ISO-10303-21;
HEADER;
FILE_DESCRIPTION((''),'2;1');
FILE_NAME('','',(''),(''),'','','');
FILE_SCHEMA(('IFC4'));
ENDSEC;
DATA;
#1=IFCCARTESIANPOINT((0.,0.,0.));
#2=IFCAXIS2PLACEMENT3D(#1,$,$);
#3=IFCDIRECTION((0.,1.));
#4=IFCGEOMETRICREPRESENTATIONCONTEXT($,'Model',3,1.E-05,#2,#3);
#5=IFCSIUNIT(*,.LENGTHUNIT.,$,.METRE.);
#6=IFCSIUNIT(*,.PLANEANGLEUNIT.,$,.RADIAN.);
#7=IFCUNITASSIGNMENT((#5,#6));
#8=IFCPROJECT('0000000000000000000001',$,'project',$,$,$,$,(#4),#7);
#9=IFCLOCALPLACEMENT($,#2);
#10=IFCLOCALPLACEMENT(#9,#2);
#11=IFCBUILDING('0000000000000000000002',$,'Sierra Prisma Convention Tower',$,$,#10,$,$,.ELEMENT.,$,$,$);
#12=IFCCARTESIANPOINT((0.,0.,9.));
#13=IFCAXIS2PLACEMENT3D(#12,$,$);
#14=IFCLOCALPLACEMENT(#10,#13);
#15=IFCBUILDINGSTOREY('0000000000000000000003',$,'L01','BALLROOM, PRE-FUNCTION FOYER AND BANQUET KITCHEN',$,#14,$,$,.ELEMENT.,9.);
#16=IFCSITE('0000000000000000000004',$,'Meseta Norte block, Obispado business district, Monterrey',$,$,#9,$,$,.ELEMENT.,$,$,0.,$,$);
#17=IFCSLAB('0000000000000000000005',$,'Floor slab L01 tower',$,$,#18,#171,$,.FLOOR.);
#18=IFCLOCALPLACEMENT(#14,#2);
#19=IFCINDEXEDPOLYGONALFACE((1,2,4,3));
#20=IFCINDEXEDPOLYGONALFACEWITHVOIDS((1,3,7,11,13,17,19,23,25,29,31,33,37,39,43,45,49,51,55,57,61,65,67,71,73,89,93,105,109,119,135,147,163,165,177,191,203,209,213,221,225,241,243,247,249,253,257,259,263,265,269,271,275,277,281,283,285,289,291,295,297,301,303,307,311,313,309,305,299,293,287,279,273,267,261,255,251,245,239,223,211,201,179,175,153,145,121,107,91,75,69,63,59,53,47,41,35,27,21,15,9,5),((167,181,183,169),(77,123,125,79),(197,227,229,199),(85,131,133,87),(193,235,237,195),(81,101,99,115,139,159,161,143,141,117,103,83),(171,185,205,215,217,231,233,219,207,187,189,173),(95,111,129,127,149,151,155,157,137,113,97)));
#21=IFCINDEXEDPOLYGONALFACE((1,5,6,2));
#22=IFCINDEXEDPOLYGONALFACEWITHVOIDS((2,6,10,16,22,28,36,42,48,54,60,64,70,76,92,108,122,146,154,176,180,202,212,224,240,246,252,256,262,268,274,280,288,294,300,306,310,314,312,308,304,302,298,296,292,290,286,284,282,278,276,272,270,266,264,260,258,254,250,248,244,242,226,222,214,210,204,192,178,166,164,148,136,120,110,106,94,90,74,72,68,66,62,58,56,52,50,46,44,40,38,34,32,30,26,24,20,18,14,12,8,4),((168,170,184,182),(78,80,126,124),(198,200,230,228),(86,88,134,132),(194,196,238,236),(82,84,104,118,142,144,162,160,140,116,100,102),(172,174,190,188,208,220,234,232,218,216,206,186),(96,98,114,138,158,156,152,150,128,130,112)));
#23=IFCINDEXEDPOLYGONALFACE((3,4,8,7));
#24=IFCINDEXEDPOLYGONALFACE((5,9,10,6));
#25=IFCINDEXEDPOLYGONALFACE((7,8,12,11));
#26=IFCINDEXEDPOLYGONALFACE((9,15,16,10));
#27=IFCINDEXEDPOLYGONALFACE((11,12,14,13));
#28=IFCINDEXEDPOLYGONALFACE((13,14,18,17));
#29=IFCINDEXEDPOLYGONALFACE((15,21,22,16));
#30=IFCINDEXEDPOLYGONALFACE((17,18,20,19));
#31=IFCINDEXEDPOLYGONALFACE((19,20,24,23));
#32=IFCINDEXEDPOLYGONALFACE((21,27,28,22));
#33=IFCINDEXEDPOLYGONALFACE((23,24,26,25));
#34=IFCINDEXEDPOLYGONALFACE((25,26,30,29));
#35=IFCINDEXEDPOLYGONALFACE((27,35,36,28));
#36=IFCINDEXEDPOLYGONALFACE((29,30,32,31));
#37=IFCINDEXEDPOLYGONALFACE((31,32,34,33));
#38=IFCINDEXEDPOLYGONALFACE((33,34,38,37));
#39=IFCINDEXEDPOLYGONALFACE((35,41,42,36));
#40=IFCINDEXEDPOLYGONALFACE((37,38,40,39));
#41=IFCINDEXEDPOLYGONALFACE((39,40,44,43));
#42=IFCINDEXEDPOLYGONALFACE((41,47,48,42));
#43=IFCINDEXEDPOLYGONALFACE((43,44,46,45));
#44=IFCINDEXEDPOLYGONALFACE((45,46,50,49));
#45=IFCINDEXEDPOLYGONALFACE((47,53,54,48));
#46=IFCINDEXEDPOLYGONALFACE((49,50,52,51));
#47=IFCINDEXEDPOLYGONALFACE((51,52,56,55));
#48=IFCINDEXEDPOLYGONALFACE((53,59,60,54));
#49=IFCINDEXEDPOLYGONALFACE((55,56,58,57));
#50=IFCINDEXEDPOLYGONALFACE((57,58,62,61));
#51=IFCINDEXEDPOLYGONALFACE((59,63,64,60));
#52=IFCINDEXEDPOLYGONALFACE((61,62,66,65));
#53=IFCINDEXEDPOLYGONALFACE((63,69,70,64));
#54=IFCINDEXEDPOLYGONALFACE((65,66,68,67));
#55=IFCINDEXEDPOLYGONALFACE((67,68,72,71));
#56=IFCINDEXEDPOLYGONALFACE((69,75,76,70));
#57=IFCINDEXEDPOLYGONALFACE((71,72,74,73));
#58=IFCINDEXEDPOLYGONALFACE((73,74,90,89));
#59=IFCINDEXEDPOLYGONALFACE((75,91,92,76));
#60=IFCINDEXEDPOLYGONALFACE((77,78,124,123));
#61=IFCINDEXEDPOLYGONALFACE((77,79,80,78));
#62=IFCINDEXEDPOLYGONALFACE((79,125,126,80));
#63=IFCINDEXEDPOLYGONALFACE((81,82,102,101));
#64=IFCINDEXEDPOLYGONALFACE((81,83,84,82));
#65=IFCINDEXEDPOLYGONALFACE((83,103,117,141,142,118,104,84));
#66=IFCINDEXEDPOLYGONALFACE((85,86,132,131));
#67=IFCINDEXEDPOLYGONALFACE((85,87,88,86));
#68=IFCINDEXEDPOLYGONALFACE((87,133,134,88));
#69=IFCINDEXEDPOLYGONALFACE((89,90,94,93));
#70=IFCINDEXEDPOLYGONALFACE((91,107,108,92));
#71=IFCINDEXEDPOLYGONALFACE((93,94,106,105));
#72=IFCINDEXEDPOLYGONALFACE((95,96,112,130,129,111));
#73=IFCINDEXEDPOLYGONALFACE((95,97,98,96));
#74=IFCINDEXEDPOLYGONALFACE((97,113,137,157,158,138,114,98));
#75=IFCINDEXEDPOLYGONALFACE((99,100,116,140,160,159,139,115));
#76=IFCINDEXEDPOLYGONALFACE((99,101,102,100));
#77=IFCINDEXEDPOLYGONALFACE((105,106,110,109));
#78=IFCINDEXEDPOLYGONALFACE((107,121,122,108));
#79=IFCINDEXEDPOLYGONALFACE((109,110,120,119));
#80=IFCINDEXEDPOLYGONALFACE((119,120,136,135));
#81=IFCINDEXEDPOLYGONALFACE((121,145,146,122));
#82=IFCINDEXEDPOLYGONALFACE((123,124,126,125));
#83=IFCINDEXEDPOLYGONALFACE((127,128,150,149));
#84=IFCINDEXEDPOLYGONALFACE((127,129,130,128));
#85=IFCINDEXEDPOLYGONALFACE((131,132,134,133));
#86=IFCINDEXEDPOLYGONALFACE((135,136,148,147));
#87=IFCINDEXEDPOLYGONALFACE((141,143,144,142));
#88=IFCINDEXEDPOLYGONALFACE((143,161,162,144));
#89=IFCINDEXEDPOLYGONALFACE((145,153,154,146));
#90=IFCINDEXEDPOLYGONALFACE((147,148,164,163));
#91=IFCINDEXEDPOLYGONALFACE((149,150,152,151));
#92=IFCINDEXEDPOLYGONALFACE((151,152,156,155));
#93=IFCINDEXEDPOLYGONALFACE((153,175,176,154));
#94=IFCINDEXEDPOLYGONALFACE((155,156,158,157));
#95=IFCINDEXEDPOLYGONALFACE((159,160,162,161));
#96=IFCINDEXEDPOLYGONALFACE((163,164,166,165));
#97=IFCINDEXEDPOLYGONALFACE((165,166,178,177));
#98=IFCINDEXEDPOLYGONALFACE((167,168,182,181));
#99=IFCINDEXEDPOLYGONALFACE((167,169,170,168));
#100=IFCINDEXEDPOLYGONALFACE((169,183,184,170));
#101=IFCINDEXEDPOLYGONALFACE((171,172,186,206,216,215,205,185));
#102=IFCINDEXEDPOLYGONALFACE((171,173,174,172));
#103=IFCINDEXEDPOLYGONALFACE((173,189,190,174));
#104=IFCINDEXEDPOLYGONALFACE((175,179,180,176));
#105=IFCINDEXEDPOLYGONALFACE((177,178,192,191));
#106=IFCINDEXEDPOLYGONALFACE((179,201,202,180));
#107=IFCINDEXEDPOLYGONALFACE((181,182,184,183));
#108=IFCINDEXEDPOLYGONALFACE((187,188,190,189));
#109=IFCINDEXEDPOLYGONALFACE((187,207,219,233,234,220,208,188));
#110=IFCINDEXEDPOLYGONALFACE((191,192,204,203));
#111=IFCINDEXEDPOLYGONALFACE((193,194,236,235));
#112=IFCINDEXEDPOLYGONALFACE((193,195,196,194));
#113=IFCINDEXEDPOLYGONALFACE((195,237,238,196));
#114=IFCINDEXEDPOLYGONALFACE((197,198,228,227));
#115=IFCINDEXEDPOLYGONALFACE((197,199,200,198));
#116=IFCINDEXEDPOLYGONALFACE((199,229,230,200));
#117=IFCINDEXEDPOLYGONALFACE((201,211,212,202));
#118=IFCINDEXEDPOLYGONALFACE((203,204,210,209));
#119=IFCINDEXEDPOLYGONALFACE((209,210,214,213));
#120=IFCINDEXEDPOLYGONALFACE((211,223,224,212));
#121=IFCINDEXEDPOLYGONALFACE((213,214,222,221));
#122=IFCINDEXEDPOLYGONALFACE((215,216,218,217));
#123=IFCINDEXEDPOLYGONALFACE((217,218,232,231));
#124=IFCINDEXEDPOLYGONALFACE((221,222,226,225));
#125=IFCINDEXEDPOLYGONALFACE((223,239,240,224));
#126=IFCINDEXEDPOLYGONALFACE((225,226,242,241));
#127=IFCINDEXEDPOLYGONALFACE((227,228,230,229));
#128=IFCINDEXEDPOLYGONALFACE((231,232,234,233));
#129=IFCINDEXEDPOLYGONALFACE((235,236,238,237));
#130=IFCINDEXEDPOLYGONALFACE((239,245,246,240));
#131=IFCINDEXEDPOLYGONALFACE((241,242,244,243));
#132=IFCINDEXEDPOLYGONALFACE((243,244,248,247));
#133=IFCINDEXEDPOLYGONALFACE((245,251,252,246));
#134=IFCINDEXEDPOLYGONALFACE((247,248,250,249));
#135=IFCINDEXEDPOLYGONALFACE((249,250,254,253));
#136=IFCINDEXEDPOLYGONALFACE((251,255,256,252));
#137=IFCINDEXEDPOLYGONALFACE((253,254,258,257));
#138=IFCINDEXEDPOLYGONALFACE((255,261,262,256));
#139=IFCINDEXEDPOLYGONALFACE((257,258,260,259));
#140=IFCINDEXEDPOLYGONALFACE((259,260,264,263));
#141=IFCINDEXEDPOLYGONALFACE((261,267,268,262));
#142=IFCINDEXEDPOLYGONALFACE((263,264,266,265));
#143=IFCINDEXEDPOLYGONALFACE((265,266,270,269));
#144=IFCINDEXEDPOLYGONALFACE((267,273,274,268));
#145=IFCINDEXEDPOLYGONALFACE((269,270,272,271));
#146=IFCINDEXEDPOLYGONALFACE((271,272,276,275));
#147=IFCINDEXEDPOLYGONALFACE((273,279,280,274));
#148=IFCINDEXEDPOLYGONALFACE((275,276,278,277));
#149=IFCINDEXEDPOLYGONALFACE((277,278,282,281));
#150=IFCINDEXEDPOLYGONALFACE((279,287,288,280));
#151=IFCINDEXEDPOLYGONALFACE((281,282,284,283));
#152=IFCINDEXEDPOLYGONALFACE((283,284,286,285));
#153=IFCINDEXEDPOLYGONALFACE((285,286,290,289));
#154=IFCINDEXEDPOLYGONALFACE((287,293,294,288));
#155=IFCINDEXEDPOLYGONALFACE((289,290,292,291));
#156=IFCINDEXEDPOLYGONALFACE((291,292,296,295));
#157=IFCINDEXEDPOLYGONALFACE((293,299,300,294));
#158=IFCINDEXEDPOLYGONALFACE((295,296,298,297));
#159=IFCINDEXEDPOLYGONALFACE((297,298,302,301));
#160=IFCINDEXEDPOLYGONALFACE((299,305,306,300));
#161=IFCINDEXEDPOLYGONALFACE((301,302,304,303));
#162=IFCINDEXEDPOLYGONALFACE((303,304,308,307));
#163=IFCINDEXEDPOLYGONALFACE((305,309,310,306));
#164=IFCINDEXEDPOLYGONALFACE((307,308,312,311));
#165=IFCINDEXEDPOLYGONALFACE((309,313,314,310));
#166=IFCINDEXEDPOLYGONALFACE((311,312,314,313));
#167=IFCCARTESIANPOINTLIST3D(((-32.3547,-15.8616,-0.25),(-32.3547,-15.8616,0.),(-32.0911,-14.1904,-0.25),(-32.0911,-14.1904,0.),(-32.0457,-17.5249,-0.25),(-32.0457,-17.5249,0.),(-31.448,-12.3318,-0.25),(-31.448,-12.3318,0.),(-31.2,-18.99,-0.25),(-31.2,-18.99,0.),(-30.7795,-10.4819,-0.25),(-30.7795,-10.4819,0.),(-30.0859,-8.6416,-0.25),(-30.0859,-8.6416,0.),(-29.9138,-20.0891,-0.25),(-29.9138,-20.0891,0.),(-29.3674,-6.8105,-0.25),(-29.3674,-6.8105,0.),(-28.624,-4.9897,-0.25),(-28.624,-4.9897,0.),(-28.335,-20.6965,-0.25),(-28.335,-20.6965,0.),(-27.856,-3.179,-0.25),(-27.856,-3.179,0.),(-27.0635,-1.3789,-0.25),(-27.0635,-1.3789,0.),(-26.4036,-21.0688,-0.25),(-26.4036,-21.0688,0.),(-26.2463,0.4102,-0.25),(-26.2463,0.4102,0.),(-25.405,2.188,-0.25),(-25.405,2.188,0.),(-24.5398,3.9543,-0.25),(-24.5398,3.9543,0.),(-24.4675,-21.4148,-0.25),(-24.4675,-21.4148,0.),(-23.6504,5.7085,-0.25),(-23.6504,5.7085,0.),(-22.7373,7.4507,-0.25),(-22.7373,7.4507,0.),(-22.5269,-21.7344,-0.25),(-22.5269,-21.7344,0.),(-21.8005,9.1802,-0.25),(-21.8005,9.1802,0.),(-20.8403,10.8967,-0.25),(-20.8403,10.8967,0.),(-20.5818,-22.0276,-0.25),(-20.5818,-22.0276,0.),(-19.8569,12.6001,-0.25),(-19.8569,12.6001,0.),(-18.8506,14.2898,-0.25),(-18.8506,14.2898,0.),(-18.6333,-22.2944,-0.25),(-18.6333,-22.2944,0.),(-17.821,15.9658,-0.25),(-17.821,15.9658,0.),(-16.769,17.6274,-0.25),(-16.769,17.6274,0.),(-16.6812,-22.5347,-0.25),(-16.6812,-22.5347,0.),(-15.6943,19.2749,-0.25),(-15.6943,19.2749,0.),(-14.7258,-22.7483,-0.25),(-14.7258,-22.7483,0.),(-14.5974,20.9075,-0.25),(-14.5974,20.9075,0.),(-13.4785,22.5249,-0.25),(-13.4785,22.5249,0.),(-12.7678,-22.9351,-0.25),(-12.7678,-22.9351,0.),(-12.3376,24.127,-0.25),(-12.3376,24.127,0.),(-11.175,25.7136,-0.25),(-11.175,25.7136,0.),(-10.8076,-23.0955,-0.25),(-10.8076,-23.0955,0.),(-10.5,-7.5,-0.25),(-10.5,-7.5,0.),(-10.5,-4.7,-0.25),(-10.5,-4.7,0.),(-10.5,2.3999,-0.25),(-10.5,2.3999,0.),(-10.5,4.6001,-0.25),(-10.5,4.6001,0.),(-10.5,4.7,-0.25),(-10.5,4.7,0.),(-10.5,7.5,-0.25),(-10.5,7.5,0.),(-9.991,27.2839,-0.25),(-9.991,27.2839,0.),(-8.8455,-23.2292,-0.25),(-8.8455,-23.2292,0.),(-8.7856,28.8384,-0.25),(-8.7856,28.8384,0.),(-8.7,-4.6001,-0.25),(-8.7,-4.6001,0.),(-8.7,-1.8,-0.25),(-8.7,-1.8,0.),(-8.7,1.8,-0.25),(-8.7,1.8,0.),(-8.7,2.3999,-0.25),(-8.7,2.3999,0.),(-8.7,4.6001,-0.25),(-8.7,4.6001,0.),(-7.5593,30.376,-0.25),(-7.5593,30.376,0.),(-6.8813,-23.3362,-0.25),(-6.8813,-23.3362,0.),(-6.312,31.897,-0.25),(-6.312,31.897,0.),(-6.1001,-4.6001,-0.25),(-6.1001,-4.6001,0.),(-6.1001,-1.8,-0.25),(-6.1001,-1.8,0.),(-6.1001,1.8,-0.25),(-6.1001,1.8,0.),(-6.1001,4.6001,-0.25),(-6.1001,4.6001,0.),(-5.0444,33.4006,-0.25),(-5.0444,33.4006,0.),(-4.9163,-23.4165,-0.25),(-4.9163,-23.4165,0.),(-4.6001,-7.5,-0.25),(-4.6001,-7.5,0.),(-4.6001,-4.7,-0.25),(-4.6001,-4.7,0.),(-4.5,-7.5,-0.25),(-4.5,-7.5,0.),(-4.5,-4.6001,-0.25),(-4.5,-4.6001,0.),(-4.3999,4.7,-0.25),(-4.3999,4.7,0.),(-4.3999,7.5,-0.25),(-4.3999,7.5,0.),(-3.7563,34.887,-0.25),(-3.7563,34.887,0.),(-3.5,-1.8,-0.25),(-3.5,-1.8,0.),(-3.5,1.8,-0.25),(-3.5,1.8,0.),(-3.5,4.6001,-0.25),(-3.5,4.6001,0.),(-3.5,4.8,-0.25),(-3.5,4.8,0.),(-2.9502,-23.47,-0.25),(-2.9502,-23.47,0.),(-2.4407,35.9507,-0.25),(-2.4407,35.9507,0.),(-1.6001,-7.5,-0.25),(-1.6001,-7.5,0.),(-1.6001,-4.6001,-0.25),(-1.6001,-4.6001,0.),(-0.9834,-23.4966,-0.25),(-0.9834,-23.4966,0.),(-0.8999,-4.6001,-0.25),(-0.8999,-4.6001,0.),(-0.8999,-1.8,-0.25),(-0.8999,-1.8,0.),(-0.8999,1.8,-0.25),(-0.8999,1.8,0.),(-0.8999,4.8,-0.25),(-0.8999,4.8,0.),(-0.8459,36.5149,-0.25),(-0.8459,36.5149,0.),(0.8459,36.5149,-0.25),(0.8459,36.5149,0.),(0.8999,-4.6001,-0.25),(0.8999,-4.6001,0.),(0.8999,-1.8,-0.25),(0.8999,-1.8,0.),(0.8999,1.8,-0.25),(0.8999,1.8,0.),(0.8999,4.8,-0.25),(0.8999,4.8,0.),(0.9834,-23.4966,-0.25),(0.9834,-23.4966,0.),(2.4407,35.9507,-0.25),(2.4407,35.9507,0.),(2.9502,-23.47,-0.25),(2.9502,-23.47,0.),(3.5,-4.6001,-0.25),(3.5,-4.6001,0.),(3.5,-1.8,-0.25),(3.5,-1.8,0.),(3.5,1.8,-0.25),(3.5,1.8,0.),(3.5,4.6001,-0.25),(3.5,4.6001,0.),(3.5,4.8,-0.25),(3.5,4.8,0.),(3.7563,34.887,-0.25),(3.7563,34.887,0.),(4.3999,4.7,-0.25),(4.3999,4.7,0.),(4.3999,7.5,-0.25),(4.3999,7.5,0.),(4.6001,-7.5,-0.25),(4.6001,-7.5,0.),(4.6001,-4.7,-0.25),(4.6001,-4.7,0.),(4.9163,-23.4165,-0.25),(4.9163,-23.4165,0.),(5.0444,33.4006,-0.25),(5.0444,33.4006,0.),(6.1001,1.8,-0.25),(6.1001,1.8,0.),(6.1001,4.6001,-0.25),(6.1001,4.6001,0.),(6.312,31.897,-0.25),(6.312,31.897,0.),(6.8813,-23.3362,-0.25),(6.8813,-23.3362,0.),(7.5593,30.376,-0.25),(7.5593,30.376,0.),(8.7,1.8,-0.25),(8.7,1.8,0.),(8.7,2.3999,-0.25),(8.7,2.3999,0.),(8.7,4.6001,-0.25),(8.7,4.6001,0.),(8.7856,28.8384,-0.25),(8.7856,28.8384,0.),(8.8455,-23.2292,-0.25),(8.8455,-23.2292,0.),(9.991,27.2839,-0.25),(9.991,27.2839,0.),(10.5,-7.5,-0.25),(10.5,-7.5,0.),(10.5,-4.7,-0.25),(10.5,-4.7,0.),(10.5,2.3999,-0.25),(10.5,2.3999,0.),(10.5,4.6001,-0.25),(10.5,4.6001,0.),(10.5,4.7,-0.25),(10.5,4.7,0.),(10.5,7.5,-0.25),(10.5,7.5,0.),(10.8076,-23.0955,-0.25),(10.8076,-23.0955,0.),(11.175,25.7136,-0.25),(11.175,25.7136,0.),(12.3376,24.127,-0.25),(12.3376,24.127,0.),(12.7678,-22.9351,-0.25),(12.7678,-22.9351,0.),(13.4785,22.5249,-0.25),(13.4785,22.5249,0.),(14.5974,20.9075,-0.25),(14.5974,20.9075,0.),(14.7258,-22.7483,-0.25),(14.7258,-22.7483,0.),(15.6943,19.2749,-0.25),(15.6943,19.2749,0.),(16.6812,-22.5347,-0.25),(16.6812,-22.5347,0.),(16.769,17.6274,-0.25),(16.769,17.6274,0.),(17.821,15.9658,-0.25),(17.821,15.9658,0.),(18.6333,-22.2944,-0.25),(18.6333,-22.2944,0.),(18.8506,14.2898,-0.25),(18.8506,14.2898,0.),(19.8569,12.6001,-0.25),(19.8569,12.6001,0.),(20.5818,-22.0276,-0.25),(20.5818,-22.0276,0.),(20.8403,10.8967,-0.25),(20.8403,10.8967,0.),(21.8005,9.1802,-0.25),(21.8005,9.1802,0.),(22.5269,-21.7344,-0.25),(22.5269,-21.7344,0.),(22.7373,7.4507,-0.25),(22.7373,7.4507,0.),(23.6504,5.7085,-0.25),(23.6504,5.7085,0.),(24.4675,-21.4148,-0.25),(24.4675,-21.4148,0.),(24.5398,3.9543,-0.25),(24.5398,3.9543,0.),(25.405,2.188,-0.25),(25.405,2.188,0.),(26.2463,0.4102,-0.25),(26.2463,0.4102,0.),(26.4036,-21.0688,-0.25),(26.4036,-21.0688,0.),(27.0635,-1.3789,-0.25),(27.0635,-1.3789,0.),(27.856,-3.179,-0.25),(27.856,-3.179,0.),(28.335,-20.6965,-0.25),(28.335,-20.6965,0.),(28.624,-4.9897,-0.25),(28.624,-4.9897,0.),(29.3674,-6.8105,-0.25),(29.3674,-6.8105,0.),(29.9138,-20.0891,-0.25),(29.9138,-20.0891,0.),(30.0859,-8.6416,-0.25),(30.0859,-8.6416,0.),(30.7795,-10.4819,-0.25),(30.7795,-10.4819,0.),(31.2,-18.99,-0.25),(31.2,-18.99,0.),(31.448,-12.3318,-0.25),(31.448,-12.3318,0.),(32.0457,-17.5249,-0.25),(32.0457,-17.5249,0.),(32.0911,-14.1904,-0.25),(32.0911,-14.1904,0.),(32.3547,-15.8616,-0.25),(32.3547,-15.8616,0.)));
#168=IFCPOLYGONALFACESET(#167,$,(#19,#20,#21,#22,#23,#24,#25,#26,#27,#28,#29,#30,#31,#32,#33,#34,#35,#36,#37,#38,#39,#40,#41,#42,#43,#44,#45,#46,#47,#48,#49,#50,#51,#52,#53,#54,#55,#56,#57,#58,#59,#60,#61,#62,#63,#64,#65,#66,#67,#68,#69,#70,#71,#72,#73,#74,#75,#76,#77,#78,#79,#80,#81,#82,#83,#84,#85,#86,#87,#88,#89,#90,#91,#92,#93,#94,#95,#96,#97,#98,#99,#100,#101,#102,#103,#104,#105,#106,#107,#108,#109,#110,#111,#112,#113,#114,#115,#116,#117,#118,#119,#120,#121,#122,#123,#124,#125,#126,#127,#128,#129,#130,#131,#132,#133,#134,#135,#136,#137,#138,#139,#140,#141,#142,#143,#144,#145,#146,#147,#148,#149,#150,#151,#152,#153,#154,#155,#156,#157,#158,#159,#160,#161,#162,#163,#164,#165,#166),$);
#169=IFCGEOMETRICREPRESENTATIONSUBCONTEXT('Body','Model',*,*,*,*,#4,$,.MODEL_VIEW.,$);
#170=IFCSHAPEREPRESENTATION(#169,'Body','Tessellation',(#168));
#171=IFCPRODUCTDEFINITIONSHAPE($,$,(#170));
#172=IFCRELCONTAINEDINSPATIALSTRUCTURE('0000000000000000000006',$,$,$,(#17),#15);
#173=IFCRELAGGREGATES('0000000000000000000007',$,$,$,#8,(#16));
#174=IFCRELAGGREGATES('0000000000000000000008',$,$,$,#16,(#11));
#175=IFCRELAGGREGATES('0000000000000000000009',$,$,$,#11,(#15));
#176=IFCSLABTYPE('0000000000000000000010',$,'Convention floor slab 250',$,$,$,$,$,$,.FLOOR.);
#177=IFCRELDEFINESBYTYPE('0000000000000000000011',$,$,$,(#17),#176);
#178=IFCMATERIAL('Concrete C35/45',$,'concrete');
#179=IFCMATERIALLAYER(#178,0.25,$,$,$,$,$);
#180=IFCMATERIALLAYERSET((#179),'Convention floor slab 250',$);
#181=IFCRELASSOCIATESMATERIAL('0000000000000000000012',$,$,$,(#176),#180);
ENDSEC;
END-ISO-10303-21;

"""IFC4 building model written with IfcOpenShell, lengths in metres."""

from ifc_helpers import new_model, si_unit, direction, frame, origin, place, context, subcontext, project, spatial, polyline, outline, extrude, material, layer, layer_set, type_object, element, save


model = new_model("IFC4")

# Units and contexts
model_context = context("Model", 3, precision=1e-05, world=origin(), true_north=direction((0.0, 1.0)))
body_context = subcontext(model_context, "Body", "Model", "MODEL_VIEW")
ifc_project = project(units=[si_unit("LENGTHUNIT", "METRE"), si_unit("PLANEANGLEUNIT", "RADIAN")], contexts=[model_context])

# Site, building, storey
site_placement = place(None, origin())
site = spatial("IfcSite", under=ifc_project, at=site_placement, Name="Meseta Norte block, Obispado business district, Monterrey", CompositionType="ELEMENT", RefElevation=0.0)
building_placement = place(site_placement, origin())
building = spatial("IfcBuilding", under=site, at=building_placement, Name="Sierra Prisma Convention Tower", CompositionType="ELEMENT")
storey_placement = place(building_placement, frame((0.0, 0.0, 9.0)))
storey = spatial("IfcBuildingStorey", under=building, at=storey_placement, Name="L01", Description="BALLROOM, PRE-FUNCTION FOYER AND BANQUET KITCHEN", CompositionType="ELEMENT", Elevation=9.0)

# Slab
ifc_material_1 = material(Name="Concrete C35/45", Category="concrete")
ifc_layer_1 = layer(ifc_material_1, 0.25)
ifc_layer_set_1 = layer_set([ifc_layer_1], Name="Convention floor slab 250")
slab_type_1 = type_object("IfcSlabType", Name="Convention floor slab 250", PredefinedType="FLOOR", material=ifc_layer_set_1)
slab_1_placement = place(storey_placement, frame((0.0, 0.0, -0.25)))
element("IfcSlab", 1, at=slab_1_placement, inside=storey, type_object=slab_type_1, Name="Floor slab L01 tower", PredefinedType="FLOOR", context=body_context, shape_type="SweptSolid", body=[
    extrude(outline(polyline([(-28.335, -20.6965), (-26.4036, -21.0688), (-24.4675, -21.4148), (-22.5269, -21.7344), (-20.5818, -22.0276), (-18.6333, -22.2944), (-16.6812, -22.5347), (-14.7258, -22.7483), (-12.7678, -22.9351), (-10.8076, -23.0955), (-8.8455, -23.2292), (-6.8813, -23.3362), (-4.9163, -23.4165), (-2.9502, -23.47), (-0.9834, -23.4966), (0.9834, -23.4966), (2.9502, -23.47), (4.9163, -23.4165), (6.8813, -23.3362), (8.8455, -23.2292), (10.8076, -23.0955), (12.7678, -22.9351), (14.7258, -22.7483), (16.6812, -22.5347), (18.6333, -22.2944), (20.5818, -22.0276), (22.5269, -21.7344), (24.4675, -21.4148), (26.4036, -21.0688), (28.335, -20.6965), (29.9138, -20.0891), (31.2, -18.99), (32.0457, -17.5249), (32.3547, -15.8616), (32.0911, -14.1904), (31.448, -12.3318), (30.7795, -10.4819), (30.0859, -8.6416), (29.3674, -6.8105), (28.624, -4.9897), (27.856, -3.179), (27.0635, -1.3789), (26.2463, 0.4102), (25.405, 2.188), (24.5398, 3.9543), (23.6504, 5.7085), (22.7373, 7.4507), (21.8005, 9.1802), (20.8403, 10.8967), (19.8569, 12.6001), (18.8506, 14.2898), (17.821, 15.9658), (16.769, 17.6274), (15.6943, 19.2749), (14.5974, 20.9075), (13.4785, 22.5249), (12.3376, 24.127), (11.175, 25.7136), (9.991, 27.2839), (8.7856, 28.8384), (7.5593, 30.376), (6.312, 31.897), (5.0444, 33.4006), (3.7563, 34.887), (2.4407, 35.9507), (0.8459, 36.5149), (-0.8459, 36.5149), (-2.4407, 35.9507), (-3.7563, 34.887), (-5.0444, 33.4006), (-6.312, 31.897), (-7.5593, 30.376), (-8.7856, 28.8384), (-9.991, 27.2839), (-11.175, 25.7136), (-12.3376, 24.127), (-13.4785, 22.5249), (-14.5974, 20.9075), (-15.6943, 19.2749), (-16.769, 17.6274), (-17.821, 15.9658), (-18.8506, 14.2898), (-19.8569, 12.6001), (-20.8403, 10.8967), (-21.8005, 9.1802), (-22.7373, 7.4507), (-23.6504, 5.7085), (-24.5398, 3.9543), (-25.405, 2.188), (-26.2463, 0.4102), (-27.0635, -1.3789), (-27.856, -3.179), (-28.624, -4.9897), (-29.3674, -6.8105), (-30.0859, -8.6416), (-30.7795, -10.4819), (-31.448, -12.3318), (-32.0911, -14.1904), (-32.3547, -15.8616), (-32.0457, -17.5249), (-31.2, -18.99), (-29.9138, -20.0891), (-28.335, -20.6965)]), holes=[polyline([(-4.6001, -7.5), (-10.5, -7.5), (-10.5, -4.7), (-4.6001, -4.7), (-4.6001, -7.5)]), polyline([(-8.7, -4.6001), (-8.7, -1.8), (-6.1001, -1.8), (-3.5, -1.8), (-0.8999, -1.8), (-0.8999, -4.6001), (-1.6001, -4.6001), (-1.6001, -7.5), (-4.5, -7.5), (-4.5, -4.6001), (-6.1001, -4.6001), (-8.7, -4.6001)]), polyline([(-10.5, 4.6001), (-8.7, 4.6001), (-6.1001, 4.6001), (-3.5, 4.6001), (-3.5, 4.8), (-0.8999, 4.8), (-0.8999, 1.8), (-3.5, 1.8), (-6.1001, 1.8), (-8.7, 1.8), (-8.7, 2.3999), (-10.5, 2.3999), (-10.5, 4.6001)]), polyline([(-4.3999, 4.7), (-10.5, 4.7), (-10.5, 7.5), (-4.3999, 7.5), (-4.3999, 4.7)]), polyline([(10.5, -7.5), (4.6001, -7.5), (4.6001, -4.7), (10.5, -4.7), (10.5, -7.5)]), polyline([(3.5, -4.6001), (0.8999, -4.6001), (0.8999, -1.8), (3.5, -1.8), (3.5, -4.6001)]), polyline([(10.5, 4.6001), (10.5, 2.3999), (8.7, 2.3999), (8.7, 1.8), (6.1001, 1.8), (3.5, 1.8), (0.8999, 1.8), (0.8999, 4.8), (3.5, 4.8), (3.5, 4.6001), (6.1001, 4.6001), (8.7, 4.6001), (10.5, 4.6001)]), polyline([(4.3999, 4.7), (4.3999, 7.5), (10.5, 7.5), (10.5, 4.7), (4.3999, 4.7)])]), origin(), (0.0, 0.0, 1.0), 0.25),
])

save(model, "model.ifc")
